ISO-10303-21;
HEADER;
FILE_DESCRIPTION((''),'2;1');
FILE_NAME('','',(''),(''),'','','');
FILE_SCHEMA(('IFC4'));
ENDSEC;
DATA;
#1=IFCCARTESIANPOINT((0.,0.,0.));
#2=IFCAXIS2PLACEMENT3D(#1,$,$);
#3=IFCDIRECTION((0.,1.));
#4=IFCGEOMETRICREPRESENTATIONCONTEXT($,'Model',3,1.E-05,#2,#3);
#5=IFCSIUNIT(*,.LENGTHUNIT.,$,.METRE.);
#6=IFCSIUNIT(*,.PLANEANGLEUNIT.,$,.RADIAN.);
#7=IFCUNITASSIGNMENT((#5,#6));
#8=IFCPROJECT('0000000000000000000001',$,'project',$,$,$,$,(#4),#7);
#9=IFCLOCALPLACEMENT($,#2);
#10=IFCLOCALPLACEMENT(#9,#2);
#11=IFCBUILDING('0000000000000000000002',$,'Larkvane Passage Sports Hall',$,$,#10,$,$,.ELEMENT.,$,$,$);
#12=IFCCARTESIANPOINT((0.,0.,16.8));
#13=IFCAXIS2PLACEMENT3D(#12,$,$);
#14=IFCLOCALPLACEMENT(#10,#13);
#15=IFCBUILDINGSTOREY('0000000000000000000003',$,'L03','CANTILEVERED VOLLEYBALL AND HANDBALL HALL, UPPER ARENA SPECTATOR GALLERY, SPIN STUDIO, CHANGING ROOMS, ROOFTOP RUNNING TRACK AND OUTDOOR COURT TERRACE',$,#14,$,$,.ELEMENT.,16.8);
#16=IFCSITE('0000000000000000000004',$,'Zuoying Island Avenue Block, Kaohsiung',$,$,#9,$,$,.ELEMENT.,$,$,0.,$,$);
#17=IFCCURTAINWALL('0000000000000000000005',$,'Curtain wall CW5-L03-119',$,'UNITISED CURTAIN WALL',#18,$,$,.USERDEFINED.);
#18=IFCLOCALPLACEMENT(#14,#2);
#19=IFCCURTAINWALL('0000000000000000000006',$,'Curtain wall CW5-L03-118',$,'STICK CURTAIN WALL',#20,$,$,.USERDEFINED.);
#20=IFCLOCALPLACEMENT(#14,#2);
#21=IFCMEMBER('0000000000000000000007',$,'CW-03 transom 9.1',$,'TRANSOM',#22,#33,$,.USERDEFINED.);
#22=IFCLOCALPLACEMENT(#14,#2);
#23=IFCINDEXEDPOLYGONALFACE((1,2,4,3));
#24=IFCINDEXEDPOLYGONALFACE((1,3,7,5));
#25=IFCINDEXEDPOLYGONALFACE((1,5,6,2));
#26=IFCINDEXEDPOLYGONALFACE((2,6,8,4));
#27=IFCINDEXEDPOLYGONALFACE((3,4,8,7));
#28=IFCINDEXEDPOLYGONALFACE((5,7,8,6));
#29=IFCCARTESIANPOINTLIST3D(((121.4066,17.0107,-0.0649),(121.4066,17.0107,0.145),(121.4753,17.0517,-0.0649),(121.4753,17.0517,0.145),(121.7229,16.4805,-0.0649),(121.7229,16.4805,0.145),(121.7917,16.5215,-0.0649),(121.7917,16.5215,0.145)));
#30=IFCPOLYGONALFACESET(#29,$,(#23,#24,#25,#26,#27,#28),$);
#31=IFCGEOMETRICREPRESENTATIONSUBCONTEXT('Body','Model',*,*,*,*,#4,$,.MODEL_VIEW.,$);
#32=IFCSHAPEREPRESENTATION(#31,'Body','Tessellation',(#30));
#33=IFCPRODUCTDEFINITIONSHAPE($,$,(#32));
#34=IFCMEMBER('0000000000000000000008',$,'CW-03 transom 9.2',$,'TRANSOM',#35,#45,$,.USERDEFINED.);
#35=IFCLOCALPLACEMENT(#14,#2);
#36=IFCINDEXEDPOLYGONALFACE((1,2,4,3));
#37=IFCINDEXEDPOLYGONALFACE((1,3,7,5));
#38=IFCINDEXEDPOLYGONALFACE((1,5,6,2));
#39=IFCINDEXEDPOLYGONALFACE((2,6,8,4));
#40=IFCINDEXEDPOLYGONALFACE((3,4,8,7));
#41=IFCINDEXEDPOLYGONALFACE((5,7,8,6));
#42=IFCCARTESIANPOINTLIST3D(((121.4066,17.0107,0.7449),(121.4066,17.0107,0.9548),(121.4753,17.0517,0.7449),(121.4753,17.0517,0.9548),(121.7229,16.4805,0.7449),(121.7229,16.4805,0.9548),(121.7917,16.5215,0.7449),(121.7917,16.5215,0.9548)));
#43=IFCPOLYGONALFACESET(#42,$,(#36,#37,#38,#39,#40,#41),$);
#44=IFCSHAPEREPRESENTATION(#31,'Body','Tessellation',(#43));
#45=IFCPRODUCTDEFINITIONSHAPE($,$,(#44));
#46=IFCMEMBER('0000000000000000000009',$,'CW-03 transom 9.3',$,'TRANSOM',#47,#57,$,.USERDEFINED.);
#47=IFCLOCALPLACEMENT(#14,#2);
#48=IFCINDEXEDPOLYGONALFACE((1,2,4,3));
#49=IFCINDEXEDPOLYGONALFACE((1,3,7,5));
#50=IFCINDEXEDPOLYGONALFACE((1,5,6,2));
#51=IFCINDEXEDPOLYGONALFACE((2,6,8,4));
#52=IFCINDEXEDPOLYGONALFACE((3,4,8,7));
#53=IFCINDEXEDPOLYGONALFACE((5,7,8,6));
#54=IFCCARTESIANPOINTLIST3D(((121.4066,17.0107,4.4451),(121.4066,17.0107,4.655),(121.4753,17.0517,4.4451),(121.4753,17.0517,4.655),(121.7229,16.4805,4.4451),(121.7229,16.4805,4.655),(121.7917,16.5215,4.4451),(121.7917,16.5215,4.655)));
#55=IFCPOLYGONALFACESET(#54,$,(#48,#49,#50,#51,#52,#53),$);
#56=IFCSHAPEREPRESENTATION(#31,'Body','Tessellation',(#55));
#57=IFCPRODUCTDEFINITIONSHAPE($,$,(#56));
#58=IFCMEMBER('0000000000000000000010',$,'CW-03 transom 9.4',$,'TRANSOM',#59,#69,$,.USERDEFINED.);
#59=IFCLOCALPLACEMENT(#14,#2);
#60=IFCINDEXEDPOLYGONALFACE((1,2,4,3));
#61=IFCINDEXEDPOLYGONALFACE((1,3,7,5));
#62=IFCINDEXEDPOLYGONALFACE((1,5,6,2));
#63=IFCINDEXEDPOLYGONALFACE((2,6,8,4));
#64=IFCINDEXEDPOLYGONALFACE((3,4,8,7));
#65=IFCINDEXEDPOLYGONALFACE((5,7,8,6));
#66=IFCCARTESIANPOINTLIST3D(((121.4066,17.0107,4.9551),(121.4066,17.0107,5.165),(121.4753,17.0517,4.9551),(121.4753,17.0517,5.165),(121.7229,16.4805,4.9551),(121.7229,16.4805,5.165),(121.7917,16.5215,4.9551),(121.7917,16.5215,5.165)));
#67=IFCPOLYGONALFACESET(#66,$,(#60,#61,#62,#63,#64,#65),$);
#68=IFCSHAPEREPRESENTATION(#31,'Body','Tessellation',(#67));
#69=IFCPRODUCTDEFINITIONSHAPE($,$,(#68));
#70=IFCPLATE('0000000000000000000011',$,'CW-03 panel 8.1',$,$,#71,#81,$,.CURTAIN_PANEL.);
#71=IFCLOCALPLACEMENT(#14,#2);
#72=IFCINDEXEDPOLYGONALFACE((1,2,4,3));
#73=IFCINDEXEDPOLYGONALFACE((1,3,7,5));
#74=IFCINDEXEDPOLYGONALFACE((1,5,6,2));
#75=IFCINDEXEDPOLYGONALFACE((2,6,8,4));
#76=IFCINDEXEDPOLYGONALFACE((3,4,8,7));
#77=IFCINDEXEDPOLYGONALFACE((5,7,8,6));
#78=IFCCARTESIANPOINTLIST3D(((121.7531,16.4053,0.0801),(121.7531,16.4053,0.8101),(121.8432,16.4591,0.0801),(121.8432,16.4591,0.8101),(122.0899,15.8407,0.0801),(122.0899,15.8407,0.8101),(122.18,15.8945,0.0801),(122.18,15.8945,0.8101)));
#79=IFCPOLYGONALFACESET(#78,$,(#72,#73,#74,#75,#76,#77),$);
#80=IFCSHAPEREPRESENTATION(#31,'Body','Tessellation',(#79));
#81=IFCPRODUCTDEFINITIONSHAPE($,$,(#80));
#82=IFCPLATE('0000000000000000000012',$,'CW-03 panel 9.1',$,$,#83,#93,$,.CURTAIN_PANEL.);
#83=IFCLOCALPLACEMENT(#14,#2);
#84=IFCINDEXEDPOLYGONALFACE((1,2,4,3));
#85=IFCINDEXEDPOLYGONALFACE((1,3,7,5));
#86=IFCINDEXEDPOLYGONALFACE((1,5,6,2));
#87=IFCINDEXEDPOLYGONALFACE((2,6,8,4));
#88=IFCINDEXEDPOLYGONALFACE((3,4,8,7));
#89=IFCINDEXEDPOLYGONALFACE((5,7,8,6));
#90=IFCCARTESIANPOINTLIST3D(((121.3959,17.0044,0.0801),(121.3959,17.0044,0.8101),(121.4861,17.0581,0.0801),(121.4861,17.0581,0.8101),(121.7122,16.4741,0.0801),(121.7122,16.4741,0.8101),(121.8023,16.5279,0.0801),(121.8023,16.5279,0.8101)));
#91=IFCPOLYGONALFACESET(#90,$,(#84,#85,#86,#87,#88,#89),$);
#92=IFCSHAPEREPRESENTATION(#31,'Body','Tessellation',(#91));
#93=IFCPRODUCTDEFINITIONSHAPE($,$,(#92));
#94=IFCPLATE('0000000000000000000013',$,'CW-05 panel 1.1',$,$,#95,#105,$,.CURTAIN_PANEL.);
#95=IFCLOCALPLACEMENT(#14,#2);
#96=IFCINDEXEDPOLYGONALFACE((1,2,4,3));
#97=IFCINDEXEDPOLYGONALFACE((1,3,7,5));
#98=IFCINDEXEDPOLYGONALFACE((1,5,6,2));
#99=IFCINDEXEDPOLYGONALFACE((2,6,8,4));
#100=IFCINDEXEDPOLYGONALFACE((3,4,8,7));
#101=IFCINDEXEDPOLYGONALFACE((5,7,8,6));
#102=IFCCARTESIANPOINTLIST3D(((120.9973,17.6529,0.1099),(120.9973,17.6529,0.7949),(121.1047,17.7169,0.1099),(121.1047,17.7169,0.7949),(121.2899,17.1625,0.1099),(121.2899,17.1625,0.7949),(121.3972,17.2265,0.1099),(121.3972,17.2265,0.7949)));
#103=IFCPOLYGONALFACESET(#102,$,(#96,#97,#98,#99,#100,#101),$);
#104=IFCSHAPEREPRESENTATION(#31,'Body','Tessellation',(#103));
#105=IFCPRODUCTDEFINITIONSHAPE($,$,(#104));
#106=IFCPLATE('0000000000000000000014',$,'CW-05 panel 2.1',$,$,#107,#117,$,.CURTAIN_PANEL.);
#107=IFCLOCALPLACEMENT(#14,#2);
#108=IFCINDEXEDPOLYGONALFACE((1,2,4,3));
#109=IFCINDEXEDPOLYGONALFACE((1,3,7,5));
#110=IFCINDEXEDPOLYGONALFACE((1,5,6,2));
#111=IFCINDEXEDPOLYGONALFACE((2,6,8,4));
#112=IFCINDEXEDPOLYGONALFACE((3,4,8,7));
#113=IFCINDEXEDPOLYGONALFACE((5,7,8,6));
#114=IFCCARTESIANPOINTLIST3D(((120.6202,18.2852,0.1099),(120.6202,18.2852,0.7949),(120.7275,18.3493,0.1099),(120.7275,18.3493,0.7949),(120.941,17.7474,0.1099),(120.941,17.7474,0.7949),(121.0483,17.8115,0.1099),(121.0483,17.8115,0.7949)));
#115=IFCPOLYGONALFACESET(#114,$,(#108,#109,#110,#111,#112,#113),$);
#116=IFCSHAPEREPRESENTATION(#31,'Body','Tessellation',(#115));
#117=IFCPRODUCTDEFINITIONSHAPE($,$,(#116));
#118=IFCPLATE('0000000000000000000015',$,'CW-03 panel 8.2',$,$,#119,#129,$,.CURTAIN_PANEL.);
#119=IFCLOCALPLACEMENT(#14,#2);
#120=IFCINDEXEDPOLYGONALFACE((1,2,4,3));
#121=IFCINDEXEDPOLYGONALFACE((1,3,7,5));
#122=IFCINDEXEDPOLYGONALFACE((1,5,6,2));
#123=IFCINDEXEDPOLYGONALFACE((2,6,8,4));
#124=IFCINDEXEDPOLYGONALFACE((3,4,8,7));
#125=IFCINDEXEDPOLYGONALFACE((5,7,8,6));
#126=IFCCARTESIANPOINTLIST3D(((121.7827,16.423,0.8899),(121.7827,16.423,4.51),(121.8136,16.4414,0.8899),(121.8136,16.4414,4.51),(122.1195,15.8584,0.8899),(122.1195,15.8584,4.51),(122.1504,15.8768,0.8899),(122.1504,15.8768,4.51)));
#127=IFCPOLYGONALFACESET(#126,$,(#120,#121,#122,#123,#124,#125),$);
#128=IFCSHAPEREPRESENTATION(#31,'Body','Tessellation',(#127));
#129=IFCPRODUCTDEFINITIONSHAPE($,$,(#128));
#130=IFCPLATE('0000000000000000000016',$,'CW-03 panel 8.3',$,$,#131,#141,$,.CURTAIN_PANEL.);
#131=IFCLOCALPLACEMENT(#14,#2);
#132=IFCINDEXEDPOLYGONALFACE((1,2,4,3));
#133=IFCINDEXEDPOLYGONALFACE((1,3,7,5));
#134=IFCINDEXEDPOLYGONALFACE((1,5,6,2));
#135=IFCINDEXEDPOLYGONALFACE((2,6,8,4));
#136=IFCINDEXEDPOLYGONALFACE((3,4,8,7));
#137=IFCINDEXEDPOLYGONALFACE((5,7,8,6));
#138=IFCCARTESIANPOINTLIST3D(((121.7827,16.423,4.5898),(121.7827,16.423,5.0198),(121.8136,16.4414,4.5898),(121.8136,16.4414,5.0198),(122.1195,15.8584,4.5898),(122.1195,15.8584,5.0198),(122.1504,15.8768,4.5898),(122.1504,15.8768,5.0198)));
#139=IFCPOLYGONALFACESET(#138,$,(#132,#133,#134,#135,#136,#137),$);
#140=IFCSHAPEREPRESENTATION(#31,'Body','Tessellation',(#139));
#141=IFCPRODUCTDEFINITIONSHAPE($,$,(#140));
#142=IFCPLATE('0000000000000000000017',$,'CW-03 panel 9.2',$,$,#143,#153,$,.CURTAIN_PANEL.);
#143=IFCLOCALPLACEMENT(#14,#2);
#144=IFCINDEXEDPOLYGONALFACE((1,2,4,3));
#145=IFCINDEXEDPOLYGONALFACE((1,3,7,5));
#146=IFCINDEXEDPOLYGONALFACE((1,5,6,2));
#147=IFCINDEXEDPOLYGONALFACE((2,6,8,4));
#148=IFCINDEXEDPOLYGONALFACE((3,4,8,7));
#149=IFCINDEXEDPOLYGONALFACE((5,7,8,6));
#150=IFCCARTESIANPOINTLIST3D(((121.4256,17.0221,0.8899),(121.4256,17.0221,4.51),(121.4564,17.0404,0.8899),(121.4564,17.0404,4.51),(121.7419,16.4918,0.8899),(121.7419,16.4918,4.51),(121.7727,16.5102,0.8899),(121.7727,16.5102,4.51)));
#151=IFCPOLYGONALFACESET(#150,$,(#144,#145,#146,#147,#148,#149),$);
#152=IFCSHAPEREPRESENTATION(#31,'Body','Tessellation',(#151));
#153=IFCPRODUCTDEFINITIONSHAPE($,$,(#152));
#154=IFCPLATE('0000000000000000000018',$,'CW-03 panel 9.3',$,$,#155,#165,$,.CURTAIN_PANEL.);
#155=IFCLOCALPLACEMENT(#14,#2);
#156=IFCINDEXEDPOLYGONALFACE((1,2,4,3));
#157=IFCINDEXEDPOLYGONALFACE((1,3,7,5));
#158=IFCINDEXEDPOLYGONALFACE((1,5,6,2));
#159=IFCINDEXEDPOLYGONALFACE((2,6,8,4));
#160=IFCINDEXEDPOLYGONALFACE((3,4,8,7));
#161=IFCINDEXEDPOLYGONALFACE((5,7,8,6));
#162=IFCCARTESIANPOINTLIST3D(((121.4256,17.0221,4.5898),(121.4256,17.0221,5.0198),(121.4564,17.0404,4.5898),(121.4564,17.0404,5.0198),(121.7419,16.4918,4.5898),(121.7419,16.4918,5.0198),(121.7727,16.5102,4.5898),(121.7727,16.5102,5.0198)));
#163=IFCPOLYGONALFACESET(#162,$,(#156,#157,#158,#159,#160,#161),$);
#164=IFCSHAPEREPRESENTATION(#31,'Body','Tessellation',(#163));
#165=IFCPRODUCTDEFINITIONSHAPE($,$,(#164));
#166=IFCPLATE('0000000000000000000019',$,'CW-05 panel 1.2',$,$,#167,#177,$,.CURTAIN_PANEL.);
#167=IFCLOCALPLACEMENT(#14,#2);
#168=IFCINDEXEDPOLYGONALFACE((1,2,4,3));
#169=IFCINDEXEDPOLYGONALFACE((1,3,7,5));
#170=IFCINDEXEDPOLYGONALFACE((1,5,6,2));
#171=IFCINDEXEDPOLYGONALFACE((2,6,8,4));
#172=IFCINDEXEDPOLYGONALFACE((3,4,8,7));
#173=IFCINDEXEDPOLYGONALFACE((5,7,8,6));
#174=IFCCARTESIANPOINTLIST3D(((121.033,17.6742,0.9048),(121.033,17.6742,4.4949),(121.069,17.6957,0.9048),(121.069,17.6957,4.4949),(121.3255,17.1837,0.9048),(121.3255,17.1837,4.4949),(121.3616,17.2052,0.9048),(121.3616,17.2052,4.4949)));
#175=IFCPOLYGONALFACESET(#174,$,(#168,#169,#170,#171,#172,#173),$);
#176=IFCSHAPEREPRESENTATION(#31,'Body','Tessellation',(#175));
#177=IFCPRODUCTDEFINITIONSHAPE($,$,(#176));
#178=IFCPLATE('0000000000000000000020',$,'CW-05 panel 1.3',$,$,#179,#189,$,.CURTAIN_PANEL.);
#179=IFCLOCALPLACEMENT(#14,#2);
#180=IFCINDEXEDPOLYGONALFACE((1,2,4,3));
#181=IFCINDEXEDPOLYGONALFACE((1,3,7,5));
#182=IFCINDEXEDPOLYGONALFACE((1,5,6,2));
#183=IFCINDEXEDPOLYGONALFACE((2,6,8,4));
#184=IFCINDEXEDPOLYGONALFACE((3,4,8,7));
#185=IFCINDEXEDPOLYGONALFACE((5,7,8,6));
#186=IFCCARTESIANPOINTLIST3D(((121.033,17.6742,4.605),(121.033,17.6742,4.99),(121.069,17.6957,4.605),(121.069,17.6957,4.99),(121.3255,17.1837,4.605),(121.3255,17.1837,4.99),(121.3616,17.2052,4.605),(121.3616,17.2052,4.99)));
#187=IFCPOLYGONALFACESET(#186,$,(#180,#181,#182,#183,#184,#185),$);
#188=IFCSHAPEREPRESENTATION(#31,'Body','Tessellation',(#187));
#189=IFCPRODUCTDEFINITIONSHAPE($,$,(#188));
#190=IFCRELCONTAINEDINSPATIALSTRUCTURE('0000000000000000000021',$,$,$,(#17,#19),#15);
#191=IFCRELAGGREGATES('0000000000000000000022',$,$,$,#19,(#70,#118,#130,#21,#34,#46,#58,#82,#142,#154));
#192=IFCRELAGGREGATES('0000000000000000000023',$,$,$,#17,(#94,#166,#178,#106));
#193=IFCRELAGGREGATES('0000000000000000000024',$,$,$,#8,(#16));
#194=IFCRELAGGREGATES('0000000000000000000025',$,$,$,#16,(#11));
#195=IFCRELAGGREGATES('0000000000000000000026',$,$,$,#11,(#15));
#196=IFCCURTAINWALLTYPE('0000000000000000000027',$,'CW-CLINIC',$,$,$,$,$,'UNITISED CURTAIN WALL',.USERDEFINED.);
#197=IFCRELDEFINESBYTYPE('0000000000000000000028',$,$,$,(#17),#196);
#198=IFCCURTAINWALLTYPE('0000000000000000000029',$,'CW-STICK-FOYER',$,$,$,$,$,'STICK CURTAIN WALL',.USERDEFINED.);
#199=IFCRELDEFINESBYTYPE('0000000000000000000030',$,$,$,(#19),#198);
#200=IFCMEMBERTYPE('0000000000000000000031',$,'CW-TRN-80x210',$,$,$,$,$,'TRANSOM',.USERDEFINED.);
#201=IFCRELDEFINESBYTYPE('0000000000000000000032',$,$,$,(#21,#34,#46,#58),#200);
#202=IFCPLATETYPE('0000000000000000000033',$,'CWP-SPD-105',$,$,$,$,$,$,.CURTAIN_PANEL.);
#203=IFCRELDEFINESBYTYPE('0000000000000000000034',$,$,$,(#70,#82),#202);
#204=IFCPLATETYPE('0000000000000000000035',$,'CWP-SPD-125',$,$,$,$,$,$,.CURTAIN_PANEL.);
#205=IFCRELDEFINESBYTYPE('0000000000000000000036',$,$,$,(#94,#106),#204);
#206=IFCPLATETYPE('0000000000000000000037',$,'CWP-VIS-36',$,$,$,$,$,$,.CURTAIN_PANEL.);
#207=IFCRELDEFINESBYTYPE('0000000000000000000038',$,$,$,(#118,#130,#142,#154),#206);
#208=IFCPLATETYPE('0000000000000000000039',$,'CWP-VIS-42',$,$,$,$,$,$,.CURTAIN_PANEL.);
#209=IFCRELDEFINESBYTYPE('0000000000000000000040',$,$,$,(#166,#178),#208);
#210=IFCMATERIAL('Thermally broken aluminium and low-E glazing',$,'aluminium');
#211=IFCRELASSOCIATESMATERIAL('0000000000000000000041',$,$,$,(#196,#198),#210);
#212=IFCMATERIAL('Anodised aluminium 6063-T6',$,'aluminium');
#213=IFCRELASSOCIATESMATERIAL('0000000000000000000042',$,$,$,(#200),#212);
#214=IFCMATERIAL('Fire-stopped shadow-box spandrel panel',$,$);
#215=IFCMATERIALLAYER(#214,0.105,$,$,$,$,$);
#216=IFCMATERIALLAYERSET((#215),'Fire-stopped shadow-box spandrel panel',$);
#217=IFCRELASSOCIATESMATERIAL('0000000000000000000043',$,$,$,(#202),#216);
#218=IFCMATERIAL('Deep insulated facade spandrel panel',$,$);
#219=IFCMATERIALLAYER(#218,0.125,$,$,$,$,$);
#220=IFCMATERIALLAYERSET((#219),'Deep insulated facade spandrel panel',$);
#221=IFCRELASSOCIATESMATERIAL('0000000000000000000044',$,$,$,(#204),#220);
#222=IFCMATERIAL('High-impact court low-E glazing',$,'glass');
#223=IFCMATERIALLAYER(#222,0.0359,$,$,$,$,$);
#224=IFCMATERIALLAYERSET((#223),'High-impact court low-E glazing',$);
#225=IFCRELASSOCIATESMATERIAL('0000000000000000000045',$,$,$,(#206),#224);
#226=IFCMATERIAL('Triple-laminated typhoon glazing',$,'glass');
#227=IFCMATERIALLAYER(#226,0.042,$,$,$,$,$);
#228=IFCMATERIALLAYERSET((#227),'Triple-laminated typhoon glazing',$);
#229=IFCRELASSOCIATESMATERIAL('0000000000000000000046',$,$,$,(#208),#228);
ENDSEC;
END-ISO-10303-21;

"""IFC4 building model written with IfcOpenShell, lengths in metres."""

from ifc_helpers import new_model, si_unit, direction, frame, origin, origin_2d, place, context, subcontext, project, spatial, rectangle, extrude, material, layer, layer_set, material_profile, profile_set, type_object, element, aggregate, save


model = new_model("IFC4")

# Units and contexts
model_context = context("Model", 3, precision=1e-05, world=origin(), true_north=direction((0.0, 1.0)))
body_context = subcontext(model_context, "Body", "Model", "MODEL_VIEW")
ifc_project = project(units=[si_unit("LENGTHUNIT", "METRE"), si_unit("PLANEANGLEUNIT", "RADIAN")], contexts=[model_context])

# Site, building, storey
site_placement = place(None, origin())
site = spatial("IfcSite", under=ifc_project, at=site_placement, Name="Zuoying Island Avenue Block, Kaohsiung", CompositionType="ELEMENT", RefElevation=0.0)
building_placement = place(site_placement, origin())
building = spatial("IfcBuilding", under=site, at=building_placement, Name="Larkvane Passage Sports Hall", CompositionType="ELEMENT")
storey_placement = place(building_placement, frame((0.0, 0.0, 16.8)))
storey = spatial("IfcBuildingStorey", under=building, at=storey_placement, Name="L03", Description="CANTILEVERED VOLLEYBALL AND HANDBALL HALL, UPPER ARENA SPECTATOR GALLERY, SPIN STUDIO, CHANGING ROOMS, ROOFTOP RUNNING TRACK AND OUTDOOR COURT TERRACE", CompositionType="ELEMENT", Elevation=16.8)

# Curtain walls
ifc_material_1 = material(Name="Thermally broken aluminium and low-E glazing", Category="aluminium")
curtain_wall_type_1 = type_object("IfcCurtainWallType", Name="CW-CLINIC", ElementType="UNITISED CURTAIN WALL", PredefinedType="USERDEFINED", material=ifc_material_1)
curtain_wall_1_placement = place(storey_placement, origin())
curtain_wall_1 = element("IfcCurtainWall", 1, at=curtain_wall_1_placement, inside=storey, type_object=curtain_wall_type_1, Name="Curtain wall CW5-L03-119", ObjectType="UNITISED CURTAIN WALL", PredefinedType="USERDEFINED")
ifc_material_2 = material(Name="Anodised aluminium 6063-T6", Category="aluminium")
curtain_wall_type_2 = type_object("IfcCurtainWallType", Name="CW-STICK-FOYER", ElementType="STICK CURTAIN WALL", PredefinedType="USERDEFINED", material=ifc_material_1)
curtain_wall_2_placement = place(storey_placement, origin())
curtain_wall_2 = element("IfcCurtainWall", 2, at=curtain_wall_2_placement, inside=storey, type_object=curtain_wall_type_2, Name="Curtain wall CW5-L03-118", ObjectType="STICK CURTAIN WALL", PredefinedType="USERDEFINED")

# Members
ifc_material_profile_1 = material_profile(ifc_material_2, rectangle(XDim=0.0801, YDim=0.21, at=origin_2d()), Name="ALU-TRN-80x210")
ifc_profile_set_1 = profile_set([ifc_material_profile_1], Name="Anodised aluminium 6063-T6")
member_type_1 = type_object("IfcMemberType", Name="CW-TRN-80x210", ElementType="TRANSOM", PredefinedType="USERDEFINED", material=ifc_profile_set_1)
member_1_placement = place(storey_placement, frame((121.7573, 16.501, 0.04), z_axis=(-0.512401, 0.858746, 0.0), x_axis=(-0.858746, -0.512401, 0.0)))
member_1 = element("IfcMember", 3, at=member_1_placement, type_object=member_type_1, Name="CW-03 transom 9.1", ObjectType="TRANSOM", PredefinedType="USERDEFINED", context=body_context, shape_type="SweptSolid", body=[
    extrude(rectangle(XDim=0.0801, YDim=0.21, at=origin_2d()), origin(), (0.0, 0.0, 1.0), 0.6174),
])
member_2_placement = place(storey_placement, frame((121.7573, 16.501, 0.8499), z_axis=(-0.512401, 0.858746, 0.0), x_axis=(-0.858746, -0.512401, 0.0)))
member_2 = element("IfcMember", 4, at=member_2_placement, type_object=member_type_1, Name="CW-03 transom 9.2", ObjectType="TRANSOM", PredefinedType="USERDEFINED", context=body_context, shape_type="SweptSolid", body=[
    extrude(rectangle(XDim=0.0801, YDim=0.21, at=origin_2d()), origin(), (0.0, 0.0, 1.0), 0.6174),
])
member_3_placement = place(storey_placement, frame((121.7573, 16.501, 4.55), z_axis=(-0.512401, 0.858746, 0.0), x_axis=(-0.858746, -0.512401, 0.0)))
member_3 = element("IfcMember", 5, at=member_3_placement, type_object=member_type_1, Name="CW-03 transom 9.3", ObjectType="TRANSOM", PredefinedType="USERDEFINED", context=body_context, shape_type="SweptSolid", body=[
    extrude(rectangle(XDim=0.0801, YDim=0.21, at=origin_2d()), origin(), (0.0, 0.0, 1.0), 0.6174),
])
member_4_placement = place(storey_placement, frame((121.7573, 16.501, 5.0601), z_axis=(-0.512401, 0.858746, 0.0), x_axis=(-0.858746, -0.512401, 0.0)))
member_4 = element("IfcMember", 6, at=member_4_placement, type_object=member_type_1, Name="CW-03 transom 9.4", ObjectType="TRANSOM", PredefinedType="USERDEFINED", context=body_context, shape_type="SweptSolid", body=[
    extrude(rectangle(XDim=0.0801, YDim=0.21, at=origin_2d()), origin(), (0.0, 0.0, 1.0), 0.6174),
])

# Plates
ifc_material_3 = material(Name="Fire-stopped shadow-box spandrel panel")
ifc_layer_1 = layer(ifc_material_3, 0.105)
ifc_layer_set_1 = layer_set([ifc_layer_1], Name="Fire-stopped shadow-box spandrel panel")
plate_type_1 = type_object("IfcPlateType", Name="CWP-SPD-105", PredefinedType="CURTAIN_PANEL", material=ifc_layer_set_1)
plate_1_placement = place(storey_placement, frame((121.9666, 16.1499, 0.0801), z_axis=(0.0, 0.0, 1.0), x_axis=(-0.512278, 0.85882, 0.0)))
plate_1 = element("IfcPlate", 7, at=plate_1_placement, type_object=plate_type_1, Name="CW-03 panel 8.1", PredefinedType="CURTAIN_PANEL", context=body_context, shape_type="SweptSolid", body=[
    extrude(rectangle(XDim=0.6575, YDim=0.105, at=origin_2d()), origin(), (0.0, 0.0, 1.0), 0.73),
])
plate_2_placement = place(storey_placement, frame((121.5991, 16.7661, 0.0801), z_axis=(0.0, 0.0, 1.0), x_axis=(-0.512278, 0.85882, 0.0)))
plate_2 = element("IfcPlate", 8, at=plate_2_placement, type_object=plate_type_1, Name="CW-03 panel 9.1", PredefinedType="CURTAIN_PANEL", context=body_context, shape_type="SweptSolid", body=[
    extrude(rectangle(XDim=0.6174, YDim=0.105, at=origin_2d()), origin(), (0.0, 0.0, 1.0), 0.73),
])
ifc_material_4 = material(Name="Deep insulated facade spandrel panel")
ifc_layer_2 = layer(ifc_material_4, 0.125)
ifc_layer_set_2 = layer_set([ifc_layer_2], Name="Deep insulated facade spandrel panel")
plate_type_2 = type_object("IfcPlateType", Name="CWP-SPD-125", PredefinedType="CURTAIN_PANEL", material=ifc_layer_set_2)
plate_3_placement = place(storey_placement, frame((121.1973, 17.4397, 0.1099), z_axis=(0.0, 0.0, 1.0), x_axis=(-0.512274, 0.858822, 0.0)))
plate_3 = element("IfcPlate", 9, at=plate_3_placement, type_object=plate_type_2, Name="CW-05 panel 1.1", PredefinedType="CURTAIN_PANEL", context=body_context, shape_type="SweptSolid", body=[
    extrude(rectangle(XDim=0.571, YDim=0.125, at=origin_2d()), origin(), (0.0, 0.0, 1.0), 0.6851),
])
plate_4_placement = place(storey_placement, frame((120.8342, 18.0483, 0.1099), z_axis=(0.0, 0.0, 1.0), x_axis=(-0.512274, 0.858822, 0.0)))
plate_4 = element("IfcPlate", 10, at=plate_4_placement, type_object=plate_type_2, Name="CW-05 panel 2.1", PredefinedType="CURTAIN_PANEL", context=body_context, shape_type="SweptSolid", body=[
    extrude(rectangle(XDim=0.6262, YDim=0.125, at=origin_2d()), origin(), (0.0, 0.0, 1.0), 0.6851),
])
ifc_material_5 = material(Name="High-impact court low-E glazing", Category="glass")
ifc_layer_3 = layer(ifc_material_5, 0.0359)
ifc_layer_set_3 = layer_set([ifc_layer_3], Name="High-impact court low-E glazing")
plate_type_3 = type_object("IfcPlateType", Name="CWP-VIS-36", PredefinedType="CURTAIN_PANEL", material=ifc_layer_set_3)
plate_5_placement = place(storey_placement, frame((121.9666, 16.1499, 0.8899), z_axis=(0.0, 0.0, 1.0), x_axis=(-0.512278, 0.85882, 0.0)))
plate_5 = element("IfcPlate", 11, at=plate_5_placement, type_object=plate_type_3, Name="CW-03 panel 8.2", PredefinedType="CURTAIN_PANEL", context=body_context, shape_type="SweptSolid", body=[
    extrude(rectangle(XDim=0.6575, YDim=0.0359, at=origin_2d()), origin(), (0.0, 0.0, 1.0), 3.6201),
])
plate_6_placement = place(storey_placement, frame((121.9666, 16.1499, 4.5898), z_axis=(0.0, 0.0, 1.0), x_axis=(-0.512278, 0.85882, 0.0)))
plate_6 = element("IfcPlate", 12, at=plate_6_placement, type_object=plate_type_3, Name="CW-03 panel 8.3", PredefinedType="CURTAIN_PANEL", context=body_context, shape_type="SweptSolid", body=[
    extrude(rectangle(XDim=0.6575, YDim=0.0359, at=origin_2d()), origin(), (0.0, 0.0, 1.0), 0.4299),
])
plate_7_placement = place(storey_placement, frame((121.5991, 16.7661, 0.8899), z_axis=(0.0, 0.0, 1.0), x_axis=(-0.512278, 0.85882, 0.0)))
plate_7 = element("IfcPlate", 13, at=plate_7_placement, type_object=plate_type_3, Name="CW-03 panel 9.2", PredefinedType="CURTAIN_PANEL", context=body_context, shape_type="SweptSolid", body=[
    extrude(rectangle(XDim=0.6174, YDim=0.0359, at=origin_2d()), origin(), (0.0, 0.0, 1.0), 3.6201),
])
plate_8_placement = place(storey_placement, frame((121.5991, 16.7661, 4.5898), z_axis=(0.0, 0.0, 1.0), x_axis=(-0.512278, 0.85882, 0.0)))
plate_8 = element("IfcPlate", 14, at=plate_8_placement, type_object=plate_type_3, Name="CW-03 panel 9.3", PredefinedType="CURTAIN_PANEL", context=body_context, shape_type="SweptSolid", body=[
    extrude(rectangle(XDim=0.6174, YDim=0.0359, at=origin_2d()), origin(), (0.0, 0.0, 1.0), 0.4299),
])
aggregate(curtain_wall_2, [plate_1, plate_5, plate_6, member_1, member_2, member_3, member_4, plate_2, plate_7, plate_8])
ifc_material_6 = material(Name="Triple-laminated typhoon glazing", Category="glass")
ifc_layer_4 = layer(ifc_material_6, 0.042)
ifc_layer_set_4 = layer_set([ifc_layer_4], Name="Triple-laminated typhoon glazing")
plate_type_4 = type_object("IfcPlateType", Name="CWP-VIS-42", PredefinedType="CURTAIN_PANEL", material=ifc_layer_set_4)
plate_9_placement = place(storey_placement, frame((121.1973, 17.4397, 0.9048), z_axis=(0.0, 0.0, 1.0), x_axis=(-0.512274, 0.858822, 0.0)))
plate_9 = element("IfcPlate", 15, at=plate_9_placement, type_object=plate_type_4, Name="CW-05 panel 1.2", PredefinedType="CURTAIN_PANEL", context=body_context, shape_type="SweptSolid", body=[
    extrude(rectangle(XDim=0.571, YDim=0.042, at=origin_2d()), origin(), (0.0, 0.0, 1.0), 3.5901),
])
plate_10_placement = place(storey_placement, frame((121.1973, 17.4397, 4.605), z_axis=(0.0, 0.0, 1.0), x_axis=(-0.512274, 0.858822, 0.0)))
plate_10 = element("IfcPlate", 16, at=plate_10_placement, type_object=plate_type_4, Name="CW-05 panel 1.3", PredefinedType="CURTAIN_PANEL", context=body_context, shape_type="SweptSolid", body=[
    extrude(rectangle(XDim=0.571, YDim=0.042, at=origin_2d()), origin(), (0.0, 0.0, 1.0), 0.385),
])
aggregate(curtain_wall_1, [plate_3, plate_9, plate_10, plate_4])

save(model, "model.ifc")
